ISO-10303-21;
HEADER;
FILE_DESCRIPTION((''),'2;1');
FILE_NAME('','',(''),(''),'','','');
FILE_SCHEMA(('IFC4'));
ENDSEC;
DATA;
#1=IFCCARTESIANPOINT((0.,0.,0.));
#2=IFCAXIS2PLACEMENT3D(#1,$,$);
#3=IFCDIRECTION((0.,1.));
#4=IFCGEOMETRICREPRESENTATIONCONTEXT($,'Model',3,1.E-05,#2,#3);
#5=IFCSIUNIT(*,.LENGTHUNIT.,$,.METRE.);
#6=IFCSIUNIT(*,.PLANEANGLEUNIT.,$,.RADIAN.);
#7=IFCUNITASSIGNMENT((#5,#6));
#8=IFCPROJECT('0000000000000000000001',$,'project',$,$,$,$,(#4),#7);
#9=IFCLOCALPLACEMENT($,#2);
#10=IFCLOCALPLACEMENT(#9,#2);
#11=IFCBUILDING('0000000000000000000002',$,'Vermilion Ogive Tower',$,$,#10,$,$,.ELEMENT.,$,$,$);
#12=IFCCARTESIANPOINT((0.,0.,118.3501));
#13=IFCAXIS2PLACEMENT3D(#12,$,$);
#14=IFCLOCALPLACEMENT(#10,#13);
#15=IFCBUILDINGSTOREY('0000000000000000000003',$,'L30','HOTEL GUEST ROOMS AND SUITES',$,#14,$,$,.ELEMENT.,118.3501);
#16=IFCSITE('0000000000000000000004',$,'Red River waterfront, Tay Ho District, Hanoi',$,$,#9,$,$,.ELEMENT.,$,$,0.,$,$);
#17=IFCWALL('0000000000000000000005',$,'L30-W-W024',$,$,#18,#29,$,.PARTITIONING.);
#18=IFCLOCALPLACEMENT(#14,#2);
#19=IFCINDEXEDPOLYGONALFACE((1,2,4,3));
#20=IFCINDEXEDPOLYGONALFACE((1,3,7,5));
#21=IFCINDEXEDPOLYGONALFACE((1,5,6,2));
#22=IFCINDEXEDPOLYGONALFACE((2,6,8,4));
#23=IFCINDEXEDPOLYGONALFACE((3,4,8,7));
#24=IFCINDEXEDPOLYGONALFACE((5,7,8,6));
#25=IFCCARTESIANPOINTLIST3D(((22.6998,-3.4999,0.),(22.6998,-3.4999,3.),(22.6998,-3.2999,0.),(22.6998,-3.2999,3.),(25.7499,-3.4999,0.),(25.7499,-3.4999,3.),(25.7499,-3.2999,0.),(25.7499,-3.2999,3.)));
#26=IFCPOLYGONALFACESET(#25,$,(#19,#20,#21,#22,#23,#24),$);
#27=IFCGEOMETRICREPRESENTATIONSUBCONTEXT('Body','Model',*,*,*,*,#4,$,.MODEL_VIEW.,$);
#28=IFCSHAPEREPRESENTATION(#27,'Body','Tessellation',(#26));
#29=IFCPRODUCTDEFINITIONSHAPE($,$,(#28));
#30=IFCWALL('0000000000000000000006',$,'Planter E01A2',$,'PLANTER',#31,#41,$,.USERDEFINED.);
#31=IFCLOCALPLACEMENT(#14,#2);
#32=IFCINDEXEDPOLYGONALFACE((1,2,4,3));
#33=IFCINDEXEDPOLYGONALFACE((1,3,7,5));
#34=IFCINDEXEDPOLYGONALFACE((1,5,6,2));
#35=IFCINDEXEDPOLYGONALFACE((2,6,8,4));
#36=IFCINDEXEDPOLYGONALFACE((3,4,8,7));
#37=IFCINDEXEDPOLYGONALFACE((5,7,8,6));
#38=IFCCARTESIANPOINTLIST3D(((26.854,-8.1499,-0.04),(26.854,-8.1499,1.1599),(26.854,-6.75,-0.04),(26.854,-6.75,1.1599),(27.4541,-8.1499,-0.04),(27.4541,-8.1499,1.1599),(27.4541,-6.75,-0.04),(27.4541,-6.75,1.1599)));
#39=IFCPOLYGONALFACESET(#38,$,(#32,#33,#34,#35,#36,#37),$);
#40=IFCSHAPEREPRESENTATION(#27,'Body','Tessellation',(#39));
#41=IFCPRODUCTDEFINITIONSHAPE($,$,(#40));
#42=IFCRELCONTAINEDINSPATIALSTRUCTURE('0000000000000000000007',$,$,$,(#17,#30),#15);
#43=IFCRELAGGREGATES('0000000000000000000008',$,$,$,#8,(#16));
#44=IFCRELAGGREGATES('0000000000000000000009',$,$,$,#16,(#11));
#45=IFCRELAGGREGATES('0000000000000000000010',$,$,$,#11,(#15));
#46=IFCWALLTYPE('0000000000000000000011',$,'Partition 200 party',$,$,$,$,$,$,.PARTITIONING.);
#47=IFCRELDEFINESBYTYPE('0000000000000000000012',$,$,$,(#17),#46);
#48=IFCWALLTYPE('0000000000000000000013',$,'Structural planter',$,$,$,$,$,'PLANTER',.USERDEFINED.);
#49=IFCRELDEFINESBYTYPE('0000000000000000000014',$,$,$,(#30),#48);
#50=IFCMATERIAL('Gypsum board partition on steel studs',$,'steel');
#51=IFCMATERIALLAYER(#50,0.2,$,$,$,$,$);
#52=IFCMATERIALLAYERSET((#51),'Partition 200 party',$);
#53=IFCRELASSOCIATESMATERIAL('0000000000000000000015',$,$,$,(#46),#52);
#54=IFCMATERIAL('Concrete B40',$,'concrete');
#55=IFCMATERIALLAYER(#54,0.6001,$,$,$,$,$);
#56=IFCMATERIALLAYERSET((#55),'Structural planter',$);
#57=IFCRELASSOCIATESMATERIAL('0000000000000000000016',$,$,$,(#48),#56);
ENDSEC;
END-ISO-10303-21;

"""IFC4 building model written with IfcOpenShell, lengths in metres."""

from ifc_helpers import new_model, si_unit, direction, frame, frame_2d, origin, place, context, subcontext, project, spatial, rectangle, extrude, material, layer, layer_set, type_object, element, save


model = new_model("IFC4")

# Units and contexts
model_context = context("Model", 3, precision=1e-05, world=origin(), true_north=direction((0.0, 1.0)))
body_context = subcontext(model_context, "Body", "Model", "MODEL_VIEW")
ifc_project = project(units=[si_unit("LENGTHUNIT", "METRE"), si_unit("PLANEANGLEUNIT", "RADIAN")], contexts=[model_context])

# Site, building, storey
site_placement = place(None, origin())
site = spatial("IfcSite", under=ifc_project, at=site_placement, Name="Red River waterfront, Tay Ho District, Hanoi", CompositionType="ELEMENT", RefElevation=0.0)
building_placement = place(site_placement, origin())
building = spatial("IfcBuilding", under=site, at=building_placement, Name="Vermilion Ogive Tower", CompositionType="ELEMENT")
storey_placement = place(building_placement, frame((0.0, 0.0, 118.3501)))
storey = spatial("IfcBuildingStorey", under=building, at=storey_placement, Name="L30", Description="HOTEL GUEST ROOMS AND SUITES", CompositionType="ELEMENT", Elevation=118.3501)

# Walls
ifc_material_1 = material(Name="Gypsum board partition on steel studs", Category="steel")
ifc_layer_1 = layer(ifc_material_1, 0.2)
ifc_layer_set_1 = layer_set([ifc_layer_1], Name="Partition 200 party")
wall_type_1 = type_object("IfcWallType", Name="Partition 200 party", PredefinedType="PARTITIONING", material=ifc_layer_set_1)
wall_1_placement = place(storey_placement, frame((22.7, -3.3999, 0.0), z_axis=(0.0, 0.0, 1.0), x_axis=(1.0, 0.0, 0.0)))
element("IfcWall", 1, at=wall_1_placement, inside=storey, type_object=wall_type_1, Name="L30-W-W024", PredefinedType="PARTITIONING", context=body_context, shape_type="SweptSolid", body=[
    extrude(rectangle(XDim=3.05, YDim=0.2, at=frame_2d((1.5249, 0.0))), origin(), (0.0, 0.0, 1.0), 3.0),
])
ifc_material_2 = material(Name="Concrete B40", Category="concrete")
ifc_layer_2 = layer(ifc_material_2, 0.6001)
ifc_layer_set_2 = layer_set([ifc_layer_2], Name="Structural planter")
wall_type_2 = type_object("IfcWallType", Name="Structural planter", ElementType="PLANTER", PredefinedType="USERDEFINED", material=ifc_layer_set_2)
wall_2_placement = place(storey_placement, frame((27.1541, -8.1499, -0.04), z_axis=(0.0, 0.0, 1.0), x_axis=(0.0, 1.0, 0.0)))
element("IfcWall", 2, at=wall_2_placement, inside=storey, type_object=wall_type_2, Name="Planter E01A2", ObjectType="PLANTER", PredefinedType="USERDEFINED", context=body_context, shape_type="SweptSolid", body=[
    extrude(rectangle(XDim=1.3999, YDim=0.6001, at=frame_2d((0.7, 0.0))), origin(), (0.0, 0.0, 1.0), 1.2),
])

save(model, "model.ifc")
